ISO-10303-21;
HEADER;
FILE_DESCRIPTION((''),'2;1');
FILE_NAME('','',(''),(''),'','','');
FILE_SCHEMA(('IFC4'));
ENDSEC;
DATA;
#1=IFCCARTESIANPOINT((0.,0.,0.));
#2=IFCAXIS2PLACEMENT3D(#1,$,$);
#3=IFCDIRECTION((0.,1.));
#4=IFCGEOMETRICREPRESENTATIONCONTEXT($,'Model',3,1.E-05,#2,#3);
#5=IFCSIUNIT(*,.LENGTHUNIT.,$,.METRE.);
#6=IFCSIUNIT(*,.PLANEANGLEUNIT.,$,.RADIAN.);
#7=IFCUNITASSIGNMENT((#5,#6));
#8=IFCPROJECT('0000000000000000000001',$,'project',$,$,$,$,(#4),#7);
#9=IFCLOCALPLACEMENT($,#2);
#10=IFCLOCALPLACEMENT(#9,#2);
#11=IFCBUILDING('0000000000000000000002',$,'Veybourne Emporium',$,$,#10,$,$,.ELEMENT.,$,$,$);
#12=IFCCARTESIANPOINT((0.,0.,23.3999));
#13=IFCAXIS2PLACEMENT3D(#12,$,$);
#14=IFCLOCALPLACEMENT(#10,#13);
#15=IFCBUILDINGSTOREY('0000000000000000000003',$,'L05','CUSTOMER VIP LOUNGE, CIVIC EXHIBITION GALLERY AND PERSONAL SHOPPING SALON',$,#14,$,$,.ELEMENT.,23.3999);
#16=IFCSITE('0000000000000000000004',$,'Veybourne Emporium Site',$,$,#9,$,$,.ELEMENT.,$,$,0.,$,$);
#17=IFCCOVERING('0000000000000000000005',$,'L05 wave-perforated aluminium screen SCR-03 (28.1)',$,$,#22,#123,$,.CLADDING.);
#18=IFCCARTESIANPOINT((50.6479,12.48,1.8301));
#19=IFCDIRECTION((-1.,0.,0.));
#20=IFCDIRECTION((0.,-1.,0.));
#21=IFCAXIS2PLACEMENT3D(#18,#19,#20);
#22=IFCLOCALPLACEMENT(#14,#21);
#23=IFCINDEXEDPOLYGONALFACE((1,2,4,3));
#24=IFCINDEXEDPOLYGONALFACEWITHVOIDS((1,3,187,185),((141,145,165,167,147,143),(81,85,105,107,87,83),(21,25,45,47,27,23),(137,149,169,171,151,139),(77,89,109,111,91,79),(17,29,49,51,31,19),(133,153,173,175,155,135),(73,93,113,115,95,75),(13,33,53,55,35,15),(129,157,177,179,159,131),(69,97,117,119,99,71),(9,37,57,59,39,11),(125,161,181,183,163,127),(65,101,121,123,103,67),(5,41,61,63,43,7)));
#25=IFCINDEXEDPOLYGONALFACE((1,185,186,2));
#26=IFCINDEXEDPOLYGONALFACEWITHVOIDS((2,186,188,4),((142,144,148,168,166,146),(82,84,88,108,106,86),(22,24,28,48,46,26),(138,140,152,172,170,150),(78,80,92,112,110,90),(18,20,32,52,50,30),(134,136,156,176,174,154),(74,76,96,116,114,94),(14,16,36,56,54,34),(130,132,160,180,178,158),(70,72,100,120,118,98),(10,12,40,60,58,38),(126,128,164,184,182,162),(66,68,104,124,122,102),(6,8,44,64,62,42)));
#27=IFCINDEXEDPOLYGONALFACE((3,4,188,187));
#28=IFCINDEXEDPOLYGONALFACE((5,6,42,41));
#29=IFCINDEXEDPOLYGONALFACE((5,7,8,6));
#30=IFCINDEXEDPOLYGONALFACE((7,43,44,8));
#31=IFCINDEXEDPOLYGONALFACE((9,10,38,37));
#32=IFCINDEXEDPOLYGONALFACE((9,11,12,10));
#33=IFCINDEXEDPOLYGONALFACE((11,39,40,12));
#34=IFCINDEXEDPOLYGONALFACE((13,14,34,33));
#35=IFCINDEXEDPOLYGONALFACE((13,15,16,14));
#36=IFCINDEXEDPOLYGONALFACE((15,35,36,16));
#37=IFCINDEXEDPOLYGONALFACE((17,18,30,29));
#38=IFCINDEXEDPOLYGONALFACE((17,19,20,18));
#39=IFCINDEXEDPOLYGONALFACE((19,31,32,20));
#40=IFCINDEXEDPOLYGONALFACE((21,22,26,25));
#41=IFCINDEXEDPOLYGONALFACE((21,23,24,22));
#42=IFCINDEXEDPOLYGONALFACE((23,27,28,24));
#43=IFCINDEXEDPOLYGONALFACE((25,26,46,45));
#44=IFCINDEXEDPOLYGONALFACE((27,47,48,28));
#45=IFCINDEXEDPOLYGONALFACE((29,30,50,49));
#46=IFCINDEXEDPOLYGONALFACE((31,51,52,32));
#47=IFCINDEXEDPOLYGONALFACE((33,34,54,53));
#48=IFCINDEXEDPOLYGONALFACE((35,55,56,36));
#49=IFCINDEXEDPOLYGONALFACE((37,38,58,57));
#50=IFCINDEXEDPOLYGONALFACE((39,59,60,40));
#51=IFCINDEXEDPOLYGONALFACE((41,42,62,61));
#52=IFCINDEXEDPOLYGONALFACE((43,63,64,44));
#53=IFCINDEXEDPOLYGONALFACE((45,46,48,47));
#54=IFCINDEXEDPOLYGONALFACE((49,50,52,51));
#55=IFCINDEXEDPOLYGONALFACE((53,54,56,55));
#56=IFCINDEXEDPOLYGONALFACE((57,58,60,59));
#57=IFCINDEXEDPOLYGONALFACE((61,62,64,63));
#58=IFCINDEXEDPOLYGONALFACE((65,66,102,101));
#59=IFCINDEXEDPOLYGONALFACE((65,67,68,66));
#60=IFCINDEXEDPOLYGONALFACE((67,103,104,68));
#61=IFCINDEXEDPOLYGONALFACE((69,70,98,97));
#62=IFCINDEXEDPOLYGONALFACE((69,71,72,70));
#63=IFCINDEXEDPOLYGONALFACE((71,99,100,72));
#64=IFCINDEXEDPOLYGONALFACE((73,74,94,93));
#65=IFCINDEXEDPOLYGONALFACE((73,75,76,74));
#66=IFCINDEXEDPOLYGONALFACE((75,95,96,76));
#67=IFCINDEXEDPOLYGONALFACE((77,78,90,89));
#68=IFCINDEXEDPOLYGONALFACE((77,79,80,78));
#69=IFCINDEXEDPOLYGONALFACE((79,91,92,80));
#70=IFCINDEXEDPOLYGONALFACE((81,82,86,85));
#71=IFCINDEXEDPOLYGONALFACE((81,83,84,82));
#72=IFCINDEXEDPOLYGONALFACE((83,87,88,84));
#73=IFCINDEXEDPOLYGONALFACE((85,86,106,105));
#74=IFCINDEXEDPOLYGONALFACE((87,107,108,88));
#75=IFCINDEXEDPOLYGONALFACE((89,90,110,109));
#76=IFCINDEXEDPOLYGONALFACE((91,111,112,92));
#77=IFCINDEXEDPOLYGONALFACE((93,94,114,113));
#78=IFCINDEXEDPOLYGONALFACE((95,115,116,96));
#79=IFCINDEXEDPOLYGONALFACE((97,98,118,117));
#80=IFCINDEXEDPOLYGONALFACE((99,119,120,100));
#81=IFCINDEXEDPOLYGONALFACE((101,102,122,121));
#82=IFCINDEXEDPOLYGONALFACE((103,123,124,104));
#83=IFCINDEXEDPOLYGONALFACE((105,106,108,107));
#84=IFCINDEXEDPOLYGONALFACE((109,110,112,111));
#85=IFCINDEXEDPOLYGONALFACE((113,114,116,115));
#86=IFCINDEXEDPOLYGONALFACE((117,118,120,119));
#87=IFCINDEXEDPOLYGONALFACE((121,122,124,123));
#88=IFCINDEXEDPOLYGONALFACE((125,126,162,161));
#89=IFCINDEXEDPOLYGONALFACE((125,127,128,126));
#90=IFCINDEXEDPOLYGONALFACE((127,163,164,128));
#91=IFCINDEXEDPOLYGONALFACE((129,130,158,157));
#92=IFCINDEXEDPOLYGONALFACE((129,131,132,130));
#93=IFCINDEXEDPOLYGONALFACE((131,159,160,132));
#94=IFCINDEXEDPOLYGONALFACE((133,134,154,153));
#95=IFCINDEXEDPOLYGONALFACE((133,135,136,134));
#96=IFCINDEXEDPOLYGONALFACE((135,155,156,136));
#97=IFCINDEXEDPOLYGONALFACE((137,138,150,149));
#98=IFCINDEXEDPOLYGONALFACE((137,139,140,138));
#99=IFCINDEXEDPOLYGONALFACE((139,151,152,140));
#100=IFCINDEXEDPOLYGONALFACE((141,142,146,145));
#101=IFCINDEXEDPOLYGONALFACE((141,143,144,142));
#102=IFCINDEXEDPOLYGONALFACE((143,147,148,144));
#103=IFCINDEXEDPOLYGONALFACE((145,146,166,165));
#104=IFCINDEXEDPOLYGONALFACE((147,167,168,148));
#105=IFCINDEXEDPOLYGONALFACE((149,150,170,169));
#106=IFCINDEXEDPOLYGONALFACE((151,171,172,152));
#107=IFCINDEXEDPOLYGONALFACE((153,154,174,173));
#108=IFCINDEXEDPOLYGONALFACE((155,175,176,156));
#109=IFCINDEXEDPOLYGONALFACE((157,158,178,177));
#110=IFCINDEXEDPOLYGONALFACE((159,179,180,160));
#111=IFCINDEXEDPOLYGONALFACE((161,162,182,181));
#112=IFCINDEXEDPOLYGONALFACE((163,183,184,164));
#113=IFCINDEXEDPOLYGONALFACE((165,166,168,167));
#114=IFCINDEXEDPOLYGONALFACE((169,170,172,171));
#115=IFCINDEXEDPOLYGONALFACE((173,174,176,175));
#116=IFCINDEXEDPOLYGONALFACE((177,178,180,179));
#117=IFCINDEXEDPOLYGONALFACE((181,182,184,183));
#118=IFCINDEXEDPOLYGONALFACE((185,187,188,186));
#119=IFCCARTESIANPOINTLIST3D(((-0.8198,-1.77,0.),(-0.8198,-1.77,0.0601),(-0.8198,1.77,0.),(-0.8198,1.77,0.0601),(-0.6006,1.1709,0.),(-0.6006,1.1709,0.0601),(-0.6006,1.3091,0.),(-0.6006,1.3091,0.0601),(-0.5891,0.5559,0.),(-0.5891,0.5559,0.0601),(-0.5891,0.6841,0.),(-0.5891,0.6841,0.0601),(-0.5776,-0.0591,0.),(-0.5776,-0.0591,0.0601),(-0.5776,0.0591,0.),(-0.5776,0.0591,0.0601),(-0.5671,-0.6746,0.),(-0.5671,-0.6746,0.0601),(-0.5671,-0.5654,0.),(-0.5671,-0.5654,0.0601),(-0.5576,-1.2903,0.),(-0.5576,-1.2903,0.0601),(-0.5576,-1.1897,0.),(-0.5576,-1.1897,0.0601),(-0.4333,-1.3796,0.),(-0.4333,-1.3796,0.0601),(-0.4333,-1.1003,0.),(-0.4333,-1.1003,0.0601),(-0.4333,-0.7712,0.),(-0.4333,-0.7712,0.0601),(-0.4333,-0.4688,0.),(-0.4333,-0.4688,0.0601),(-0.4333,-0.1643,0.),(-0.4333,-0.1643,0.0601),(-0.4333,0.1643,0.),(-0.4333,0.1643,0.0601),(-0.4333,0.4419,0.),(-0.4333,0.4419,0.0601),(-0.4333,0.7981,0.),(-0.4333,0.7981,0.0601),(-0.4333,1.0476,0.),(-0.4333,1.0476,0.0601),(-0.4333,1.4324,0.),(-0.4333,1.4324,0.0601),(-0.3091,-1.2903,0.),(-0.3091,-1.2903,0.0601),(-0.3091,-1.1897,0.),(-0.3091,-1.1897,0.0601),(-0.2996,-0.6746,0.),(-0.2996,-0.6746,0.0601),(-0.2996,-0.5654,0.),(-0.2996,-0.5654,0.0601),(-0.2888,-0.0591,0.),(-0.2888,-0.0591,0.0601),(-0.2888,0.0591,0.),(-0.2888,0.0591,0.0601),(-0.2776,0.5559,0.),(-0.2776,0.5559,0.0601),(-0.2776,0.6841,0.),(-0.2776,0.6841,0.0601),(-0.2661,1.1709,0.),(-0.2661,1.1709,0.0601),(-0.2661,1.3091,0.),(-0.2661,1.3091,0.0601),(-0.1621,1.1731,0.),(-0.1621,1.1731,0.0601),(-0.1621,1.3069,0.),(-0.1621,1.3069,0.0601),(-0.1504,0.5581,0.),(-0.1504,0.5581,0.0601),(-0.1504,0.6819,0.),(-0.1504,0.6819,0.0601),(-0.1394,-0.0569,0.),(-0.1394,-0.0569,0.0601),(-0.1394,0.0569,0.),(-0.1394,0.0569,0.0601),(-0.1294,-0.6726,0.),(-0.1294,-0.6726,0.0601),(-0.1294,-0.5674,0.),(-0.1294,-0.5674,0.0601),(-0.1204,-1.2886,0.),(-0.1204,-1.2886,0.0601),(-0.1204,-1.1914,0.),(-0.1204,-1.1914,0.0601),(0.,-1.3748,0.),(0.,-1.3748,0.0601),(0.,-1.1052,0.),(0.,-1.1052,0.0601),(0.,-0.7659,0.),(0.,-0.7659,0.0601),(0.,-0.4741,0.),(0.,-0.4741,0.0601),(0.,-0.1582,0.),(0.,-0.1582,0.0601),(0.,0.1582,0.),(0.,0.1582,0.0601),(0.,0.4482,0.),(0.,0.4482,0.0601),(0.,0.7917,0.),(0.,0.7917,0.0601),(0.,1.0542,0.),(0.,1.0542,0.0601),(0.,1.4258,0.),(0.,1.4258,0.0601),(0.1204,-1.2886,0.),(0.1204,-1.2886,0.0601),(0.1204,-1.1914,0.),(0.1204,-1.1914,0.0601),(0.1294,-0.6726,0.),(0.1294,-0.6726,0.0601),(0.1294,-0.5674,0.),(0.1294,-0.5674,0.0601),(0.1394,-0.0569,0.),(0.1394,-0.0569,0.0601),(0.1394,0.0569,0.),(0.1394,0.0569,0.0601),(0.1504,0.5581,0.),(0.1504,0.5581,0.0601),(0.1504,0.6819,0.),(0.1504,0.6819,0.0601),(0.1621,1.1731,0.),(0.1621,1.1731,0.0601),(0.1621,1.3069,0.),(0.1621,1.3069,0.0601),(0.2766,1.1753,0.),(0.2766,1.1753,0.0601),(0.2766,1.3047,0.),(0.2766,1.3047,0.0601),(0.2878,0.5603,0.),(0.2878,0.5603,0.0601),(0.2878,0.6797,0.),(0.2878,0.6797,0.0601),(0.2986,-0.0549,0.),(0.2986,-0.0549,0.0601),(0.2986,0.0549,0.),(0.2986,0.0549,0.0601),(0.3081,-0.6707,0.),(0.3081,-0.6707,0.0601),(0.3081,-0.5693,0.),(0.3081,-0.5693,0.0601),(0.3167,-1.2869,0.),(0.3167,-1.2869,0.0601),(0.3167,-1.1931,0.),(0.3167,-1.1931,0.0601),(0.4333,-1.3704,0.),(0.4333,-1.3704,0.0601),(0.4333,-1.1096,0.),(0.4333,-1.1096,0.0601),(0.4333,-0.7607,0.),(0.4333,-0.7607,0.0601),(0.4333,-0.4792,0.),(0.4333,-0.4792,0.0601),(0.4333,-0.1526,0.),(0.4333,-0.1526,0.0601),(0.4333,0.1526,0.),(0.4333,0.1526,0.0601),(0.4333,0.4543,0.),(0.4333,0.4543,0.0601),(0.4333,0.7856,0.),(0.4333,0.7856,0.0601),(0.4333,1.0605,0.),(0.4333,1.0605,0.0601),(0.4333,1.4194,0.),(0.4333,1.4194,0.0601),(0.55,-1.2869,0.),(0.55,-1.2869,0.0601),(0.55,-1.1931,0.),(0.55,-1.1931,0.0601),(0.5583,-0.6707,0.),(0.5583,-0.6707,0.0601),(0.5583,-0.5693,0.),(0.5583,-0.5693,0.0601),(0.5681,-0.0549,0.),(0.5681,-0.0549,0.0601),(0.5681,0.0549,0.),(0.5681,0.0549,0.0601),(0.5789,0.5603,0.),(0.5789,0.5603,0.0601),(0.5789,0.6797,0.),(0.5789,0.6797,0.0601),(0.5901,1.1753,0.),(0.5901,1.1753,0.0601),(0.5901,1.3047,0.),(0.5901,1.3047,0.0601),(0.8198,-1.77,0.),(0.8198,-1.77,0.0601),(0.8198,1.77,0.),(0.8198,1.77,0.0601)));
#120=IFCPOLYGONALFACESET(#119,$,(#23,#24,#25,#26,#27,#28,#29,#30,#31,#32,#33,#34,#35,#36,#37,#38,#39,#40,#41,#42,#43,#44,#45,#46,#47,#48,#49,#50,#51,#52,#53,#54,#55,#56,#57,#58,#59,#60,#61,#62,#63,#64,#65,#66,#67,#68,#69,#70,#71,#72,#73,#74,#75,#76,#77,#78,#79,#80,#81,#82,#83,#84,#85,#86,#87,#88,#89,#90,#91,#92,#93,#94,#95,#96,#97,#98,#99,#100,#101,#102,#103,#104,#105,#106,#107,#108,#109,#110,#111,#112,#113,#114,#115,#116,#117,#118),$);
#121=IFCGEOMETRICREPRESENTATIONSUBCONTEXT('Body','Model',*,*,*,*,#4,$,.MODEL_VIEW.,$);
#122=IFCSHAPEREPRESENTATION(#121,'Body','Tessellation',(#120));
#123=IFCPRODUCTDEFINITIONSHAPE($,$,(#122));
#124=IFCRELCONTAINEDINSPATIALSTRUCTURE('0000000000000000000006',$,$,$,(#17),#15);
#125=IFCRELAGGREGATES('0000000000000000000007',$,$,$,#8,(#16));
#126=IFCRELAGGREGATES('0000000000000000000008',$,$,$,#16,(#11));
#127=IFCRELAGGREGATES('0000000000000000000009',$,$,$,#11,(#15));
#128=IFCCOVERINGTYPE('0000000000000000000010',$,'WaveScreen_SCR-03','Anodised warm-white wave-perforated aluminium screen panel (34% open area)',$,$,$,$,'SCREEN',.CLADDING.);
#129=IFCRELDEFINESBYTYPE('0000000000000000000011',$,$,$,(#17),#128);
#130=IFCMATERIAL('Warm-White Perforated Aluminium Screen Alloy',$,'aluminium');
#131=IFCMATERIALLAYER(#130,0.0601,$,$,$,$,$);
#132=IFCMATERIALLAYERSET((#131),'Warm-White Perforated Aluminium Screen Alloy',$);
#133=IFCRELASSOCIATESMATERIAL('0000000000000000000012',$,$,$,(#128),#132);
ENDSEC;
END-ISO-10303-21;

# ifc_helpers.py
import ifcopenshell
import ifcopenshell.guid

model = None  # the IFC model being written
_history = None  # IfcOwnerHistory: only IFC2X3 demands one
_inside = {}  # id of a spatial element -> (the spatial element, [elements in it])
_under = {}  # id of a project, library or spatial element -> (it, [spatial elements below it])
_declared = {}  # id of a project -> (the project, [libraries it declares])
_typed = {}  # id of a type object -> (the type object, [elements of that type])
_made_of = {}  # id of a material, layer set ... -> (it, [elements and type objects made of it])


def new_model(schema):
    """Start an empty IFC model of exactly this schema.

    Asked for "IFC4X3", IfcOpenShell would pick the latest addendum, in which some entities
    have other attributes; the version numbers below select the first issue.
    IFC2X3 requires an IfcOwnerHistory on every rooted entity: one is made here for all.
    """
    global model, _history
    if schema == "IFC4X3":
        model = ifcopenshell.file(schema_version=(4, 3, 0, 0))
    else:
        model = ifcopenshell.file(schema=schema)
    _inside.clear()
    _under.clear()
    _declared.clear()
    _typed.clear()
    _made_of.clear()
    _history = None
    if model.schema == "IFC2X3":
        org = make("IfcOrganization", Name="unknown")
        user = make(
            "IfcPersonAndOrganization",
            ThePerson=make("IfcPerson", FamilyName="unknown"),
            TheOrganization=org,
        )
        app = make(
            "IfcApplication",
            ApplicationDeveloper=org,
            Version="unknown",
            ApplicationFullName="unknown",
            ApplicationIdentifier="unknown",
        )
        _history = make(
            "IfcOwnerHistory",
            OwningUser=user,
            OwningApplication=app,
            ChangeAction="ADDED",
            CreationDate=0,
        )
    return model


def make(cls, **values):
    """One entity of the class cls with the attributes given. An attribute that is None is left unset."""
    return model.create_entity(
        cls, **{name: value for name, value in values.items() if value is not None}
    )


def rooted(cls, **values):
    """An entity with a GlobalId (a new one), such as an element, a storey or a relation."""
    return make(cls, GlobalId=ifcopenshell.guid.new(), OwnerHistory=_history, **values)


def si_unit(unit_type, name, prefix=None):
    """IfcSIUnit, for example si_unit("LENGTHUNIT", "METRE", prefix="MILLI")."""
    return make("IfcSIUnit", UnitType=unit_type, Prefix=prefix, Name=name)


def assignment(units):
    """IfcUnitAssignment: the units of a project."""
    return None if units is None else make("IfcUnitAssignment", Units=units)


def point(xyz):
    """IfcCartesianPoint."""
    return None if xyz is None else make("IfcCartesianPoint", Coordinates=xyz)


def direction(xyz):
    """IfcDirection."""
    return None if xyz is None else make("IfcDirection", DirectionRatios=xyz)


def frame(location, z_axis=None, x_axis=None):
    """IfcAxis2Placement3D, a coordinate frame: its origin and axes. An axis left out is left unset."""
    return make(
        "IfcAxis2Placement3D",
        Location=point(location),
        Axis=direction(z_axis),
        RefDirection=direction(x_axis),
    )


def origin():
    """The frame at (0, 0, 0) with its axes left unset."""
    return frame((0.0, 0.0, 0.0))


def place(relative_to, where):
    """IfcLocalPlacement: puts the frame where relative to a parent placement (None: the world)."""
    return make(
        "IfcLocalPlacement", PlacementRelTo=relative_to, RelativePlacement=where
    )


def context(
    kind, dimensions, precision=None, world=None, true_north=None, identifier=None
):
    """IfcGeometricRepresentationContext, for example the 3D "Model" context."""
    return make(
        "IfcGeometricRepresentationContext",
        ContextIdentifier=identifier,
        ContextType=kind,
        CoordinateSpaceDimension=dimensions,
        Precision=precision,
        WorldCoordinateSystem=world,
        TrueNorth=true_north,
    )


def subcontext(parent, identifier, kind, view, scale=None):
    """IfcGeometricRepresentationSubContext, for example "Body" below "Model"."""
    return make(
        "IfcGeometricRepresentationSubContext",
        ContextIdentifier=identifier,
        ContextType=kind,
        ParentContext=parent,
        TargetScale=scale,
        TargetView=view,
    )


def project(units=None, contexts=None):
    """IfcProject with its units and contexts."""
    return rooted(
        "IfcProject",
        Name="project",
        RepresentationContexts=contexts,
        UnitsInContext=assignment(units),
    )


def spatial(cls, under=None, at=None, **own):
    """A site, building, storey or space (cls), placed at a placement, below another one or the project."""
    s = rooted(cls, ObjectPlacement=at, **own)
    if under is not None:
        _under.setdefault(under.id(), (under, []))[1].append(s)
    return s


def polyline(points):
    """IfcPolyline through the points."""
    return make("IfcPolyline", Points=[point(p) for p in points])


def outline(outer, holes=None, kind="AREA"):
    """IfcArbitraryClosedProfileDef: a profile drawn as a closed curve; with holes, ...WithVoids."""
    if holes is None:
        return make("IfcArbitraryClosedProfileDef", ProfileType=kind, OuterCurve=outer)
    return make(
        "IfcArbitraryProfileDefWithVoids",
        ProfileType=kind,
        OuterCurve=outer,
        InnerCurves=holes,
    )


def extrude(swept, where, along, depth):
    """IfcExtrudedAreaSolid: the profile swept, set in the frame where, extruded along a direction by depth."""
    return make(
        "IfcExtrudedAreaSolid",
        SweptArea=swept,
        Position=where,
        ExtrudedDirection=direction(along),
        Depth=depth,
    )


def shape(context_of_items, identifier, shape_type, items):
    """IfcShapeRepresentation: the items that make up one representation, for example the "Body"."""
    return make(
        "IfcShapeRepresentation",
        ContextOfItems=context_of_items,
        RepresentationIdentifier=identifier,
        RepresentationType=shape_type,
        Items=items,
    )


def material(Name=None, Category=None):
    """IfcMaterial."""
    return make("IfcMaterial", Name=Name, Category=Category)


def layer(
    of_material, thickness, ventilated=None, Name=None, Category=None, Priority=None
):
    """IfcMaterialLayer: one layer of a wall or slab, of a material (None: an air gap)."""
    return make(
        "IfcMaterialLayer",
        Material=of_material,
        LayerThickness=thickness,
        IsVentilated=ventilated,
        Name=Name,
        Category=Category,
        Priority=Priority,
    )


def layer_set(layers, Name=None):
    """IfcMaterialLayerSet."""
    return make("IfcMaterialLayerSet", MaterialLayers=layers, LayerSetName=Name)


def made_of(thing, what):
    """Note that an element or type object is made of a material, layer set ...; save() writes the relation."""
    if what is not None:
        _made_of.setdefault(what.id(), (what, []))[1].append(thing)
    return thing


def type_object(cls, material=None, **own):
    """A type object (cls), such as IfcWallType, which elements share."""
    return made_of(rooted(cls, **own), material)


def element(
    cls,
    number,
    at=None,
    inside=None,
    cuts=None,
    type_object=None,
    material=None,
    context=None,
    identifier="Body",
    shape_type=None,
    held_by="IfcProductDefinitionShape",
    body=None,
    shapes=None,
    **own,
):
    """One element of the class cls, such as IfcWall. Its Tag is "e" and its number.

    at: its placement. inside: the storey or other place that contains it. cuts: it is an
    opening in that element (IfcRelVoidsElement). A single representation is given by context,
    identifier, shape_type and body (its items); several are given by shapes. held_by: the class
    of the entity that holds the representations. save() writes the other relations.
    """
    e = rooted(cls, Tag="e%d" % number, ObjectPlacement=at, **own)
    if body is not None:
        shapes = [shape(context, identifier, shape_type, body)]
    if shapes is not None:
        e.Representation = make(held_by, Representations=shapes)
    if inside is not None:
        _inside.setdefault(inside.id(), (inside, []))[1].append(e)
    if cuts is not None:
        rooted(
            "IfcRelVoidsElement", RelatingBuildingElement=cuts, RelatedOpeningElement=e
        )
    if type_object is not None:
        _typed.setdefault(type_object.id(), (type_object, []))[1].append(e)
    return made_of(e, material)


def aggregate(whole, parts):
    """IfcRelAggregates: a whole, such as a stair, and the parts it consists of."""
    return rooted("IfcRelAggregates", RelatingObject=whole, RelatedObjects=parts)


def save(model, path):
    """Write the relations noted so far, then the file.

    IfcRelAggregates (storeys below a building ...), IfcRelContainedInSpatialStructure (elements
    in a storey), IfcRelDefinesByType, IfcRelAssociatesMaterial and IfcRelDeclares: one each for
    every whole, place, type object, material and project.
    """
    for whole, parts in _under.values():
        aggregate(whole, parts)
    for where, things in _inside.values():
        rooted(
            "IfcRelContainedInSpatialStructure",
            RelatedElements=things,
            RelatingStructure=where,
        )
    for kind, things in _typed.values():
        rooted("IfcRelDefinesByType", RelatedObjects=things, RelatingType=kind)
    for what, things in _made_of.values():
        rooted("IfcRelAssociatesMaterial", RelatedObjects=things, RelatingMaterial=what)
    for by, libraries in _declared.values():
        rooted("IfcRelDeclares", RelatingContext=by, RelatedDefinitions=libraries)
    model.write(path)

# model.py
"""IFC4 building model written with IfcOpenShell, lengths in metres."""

from ifc_helpers import new_model, si_unit, direction, frame, origin, place, context, subcontext, project, spatial, polyline, outline, extrude, material, layer, layer_set, type_object, element, save


model = new_model("IFC4")

# Units and contexts
model_context = context("Model", 3, precision=1e-05, world=origin(), true_north=direction((0.0, 1.0)))
body_context = subcontext(model_context, "Body", "Model", "MODEL_VIEW")
ifc_project = project(units=[si_unit("LENGTHUNIT", "METRE"), si_unit("PLANEANGLEUNIT", "RADIAN")], contexts=[model_context])

# Site, building, storey
site_placement = place(None, origin())
site = spatial("IfcSite", under=ifc_project, at=site_placement, Name="Veybourne Emporium Site", CompositionType="ELEMENT", RefElevation=0.0)
building_placement = place(site_placement, origin())
building = spatial("IfcBuilding", under=site, at=building_placement, Name="Veybourne Emporium", CompositionType="ELEMENT")
storey_placement = place(building_placement, frame((0.0, 0.0, 23.3999)))
storey = spatial("IfcBuildingStorey", under=building, at=storey_placement, Name="L05", Description="CUSTOMER VIP LOUNGE, CIVIC EXHIBITION GALLERY AND PERSONAL SHOPPING SALON", CompositionType="ELEMENT", Elevation=23.3999)

# Covering
ifc_material_1 = material(Name="Warm-White Perforated Aluminium Screen Alloy", Category="aluminium")
ifc_layer_1 = layer(ifc_material_1, 0.0601)
ifc_layer_set_1 = layer_set([ifc_layer_1], Name="Warm-White Perforated Aluminium Screen Alloy")
covering_type_1 = type_object("IfcCoveringType", Name="WaveScreen_SCR-03", Description="Anodised warm-white wave-perforated aluminium screen panel (34% open area)", ElementType="SCREEN", PredefinedType="CLADDING", material=ifc_layer_set_1)
covering_1_placement = place(storey_placement, frame((50.6479, 12.48, 1.8301), z_axis=(-1.0, 0.0, 0.0), x_axis=(0.0, -1.0, 0.0)))
element("IfcCovering", 1, at=covering_1_placement, inside=storey, type_object=covering_type_1, Name="L05 wave-perforated aluminium screen SCR-03 (28.1)", PredefinedType="CLADDING", context=body_context, shape_type="SweptSolid", body=[
    extrude(outline(polyline([(-0.8198, -1.77), (0.8198, -1.77), (0.8198, 1.77), (-0.8198, 1.77), (-0.8198, -1.77)]), holes=[polyline([(-0.4333, -1.1003), (-0.3091, -1.1897), (-0.3091, -1.2903), (-0.4333, -1.3796), (-0.5576, -1.2903), (-0.5576, -1.1897), (-0.4333, -1.1003)]), polyline([(-0.4333, -0.4688), (-0.2996, -0.5654), (-0.2996, -0.6746), (-0.4333, -0.7712), (-0.5671, -0.6746), (-0.5671, -0.5654), (-0.4333, -0.4688)]), polyline([(-0.4333, 0.1643), (-0.2888, 0.0591), (-0.2888, -0.0591), (-0.4333, -0.1643), (-0.5776, -0.0591), (-0.5776, 0.0591), (-0.4333, 0.1643)]), polyline([(-0.4333, 0.7981), (-0.2776, 0.6841), (-0.2776, 0.5559), (-0.4333, 0.4419), (-0.5891, 0.5559), (-0.5891, 0.6841), (-0.4333, 0.7981)]), polyline([(-0.4333, 1.4324), (-0.2661, 1.3091), (-0.2661, 1.1709), (-0.4333, 1.0476), (-0.6006, 1.1709), (-0.6006, 1.3091), (-0.4333, 1.4324)]), polyline([(0.0, -1.1052), (0.1204, -1.1914), (0.1204, -1.2886), (0.0, -1.3748), (-0.1204, -1.2886), (-0.1204, -1.1914), (0.0, -1.1052)]), polyline([(0.0, -0.4741), (0.1294, -0.5674), (0.1294, -0.6726), (0.0, -0.7659), (-0.1294, -0.6726), (-0.1294, -0.5674), (0.0, -0.4741)]), polyline([(0.0, 0.1582), (0.1394, 0.0569), (0.1394, -0.0569), (0.0, -0.1582), (-0.1394, -0.0569), (-0.1394, 0.0569), (0.0, 0.1582)]), polyline([(0.0, 0.7917), (0.1504, 0.6819), (0.1504, 0.5581), (0.0, 0.4482), (-0.1504, 0.5581), (-0.1504, 0.6819), (0.0, 0.7917)]), polyline([(0.0, 1.4258), (0.1621, 1.3069), (0.1621, 1.1731), (0.0, 1.0542), (-0.1621, 1.1731), (-0.1621, 1.3069), (0.0, 1.4258)]), polyline([(0.4333, -1.1096), (0.55, -1.1931), (0.55, -1.2869), (0.4333, -1.3704), (0.3167, -1.2869), (0.3167, -1.1931), (0.4333, -1.1096)]), polyline([(0.4333, -0.4792), (0.5583, -0.5693), (0.5583, -0.6707), (0.4333, -0.7607), (0.3081, -0.6707), (0.3081, -0.5693), (0.4333, -0.4792)]), polyline([(0.4333, 0.1526), (0.5681, 0.0549), (0.5681, -0.0549), (0.4333, -0.1526), (0.2986, -0.0549), (0.2986, 0.0549), (0.4333, 0.1526)]), polyline([(0.4333, 0.7856), (0.5789, 0.6797), (0.5789, 0.5603), (0.4333, 0.4543), (0.2878, 0.5603), (0.2878, 0.6797), (0.4333, 0.7856)]), polyline([(0.4333, 1.4194), (0.5901, 1.3047), (0.5901, 1.1753), (0.4333, 1.0605), (0.2766, 1.1753), (0.2766, 1.3047), (0.4333, 1.4194)])]), origin(), (0.0, 0.0, 1.0), 0.0601),
])

save(model, "model.ifc")
